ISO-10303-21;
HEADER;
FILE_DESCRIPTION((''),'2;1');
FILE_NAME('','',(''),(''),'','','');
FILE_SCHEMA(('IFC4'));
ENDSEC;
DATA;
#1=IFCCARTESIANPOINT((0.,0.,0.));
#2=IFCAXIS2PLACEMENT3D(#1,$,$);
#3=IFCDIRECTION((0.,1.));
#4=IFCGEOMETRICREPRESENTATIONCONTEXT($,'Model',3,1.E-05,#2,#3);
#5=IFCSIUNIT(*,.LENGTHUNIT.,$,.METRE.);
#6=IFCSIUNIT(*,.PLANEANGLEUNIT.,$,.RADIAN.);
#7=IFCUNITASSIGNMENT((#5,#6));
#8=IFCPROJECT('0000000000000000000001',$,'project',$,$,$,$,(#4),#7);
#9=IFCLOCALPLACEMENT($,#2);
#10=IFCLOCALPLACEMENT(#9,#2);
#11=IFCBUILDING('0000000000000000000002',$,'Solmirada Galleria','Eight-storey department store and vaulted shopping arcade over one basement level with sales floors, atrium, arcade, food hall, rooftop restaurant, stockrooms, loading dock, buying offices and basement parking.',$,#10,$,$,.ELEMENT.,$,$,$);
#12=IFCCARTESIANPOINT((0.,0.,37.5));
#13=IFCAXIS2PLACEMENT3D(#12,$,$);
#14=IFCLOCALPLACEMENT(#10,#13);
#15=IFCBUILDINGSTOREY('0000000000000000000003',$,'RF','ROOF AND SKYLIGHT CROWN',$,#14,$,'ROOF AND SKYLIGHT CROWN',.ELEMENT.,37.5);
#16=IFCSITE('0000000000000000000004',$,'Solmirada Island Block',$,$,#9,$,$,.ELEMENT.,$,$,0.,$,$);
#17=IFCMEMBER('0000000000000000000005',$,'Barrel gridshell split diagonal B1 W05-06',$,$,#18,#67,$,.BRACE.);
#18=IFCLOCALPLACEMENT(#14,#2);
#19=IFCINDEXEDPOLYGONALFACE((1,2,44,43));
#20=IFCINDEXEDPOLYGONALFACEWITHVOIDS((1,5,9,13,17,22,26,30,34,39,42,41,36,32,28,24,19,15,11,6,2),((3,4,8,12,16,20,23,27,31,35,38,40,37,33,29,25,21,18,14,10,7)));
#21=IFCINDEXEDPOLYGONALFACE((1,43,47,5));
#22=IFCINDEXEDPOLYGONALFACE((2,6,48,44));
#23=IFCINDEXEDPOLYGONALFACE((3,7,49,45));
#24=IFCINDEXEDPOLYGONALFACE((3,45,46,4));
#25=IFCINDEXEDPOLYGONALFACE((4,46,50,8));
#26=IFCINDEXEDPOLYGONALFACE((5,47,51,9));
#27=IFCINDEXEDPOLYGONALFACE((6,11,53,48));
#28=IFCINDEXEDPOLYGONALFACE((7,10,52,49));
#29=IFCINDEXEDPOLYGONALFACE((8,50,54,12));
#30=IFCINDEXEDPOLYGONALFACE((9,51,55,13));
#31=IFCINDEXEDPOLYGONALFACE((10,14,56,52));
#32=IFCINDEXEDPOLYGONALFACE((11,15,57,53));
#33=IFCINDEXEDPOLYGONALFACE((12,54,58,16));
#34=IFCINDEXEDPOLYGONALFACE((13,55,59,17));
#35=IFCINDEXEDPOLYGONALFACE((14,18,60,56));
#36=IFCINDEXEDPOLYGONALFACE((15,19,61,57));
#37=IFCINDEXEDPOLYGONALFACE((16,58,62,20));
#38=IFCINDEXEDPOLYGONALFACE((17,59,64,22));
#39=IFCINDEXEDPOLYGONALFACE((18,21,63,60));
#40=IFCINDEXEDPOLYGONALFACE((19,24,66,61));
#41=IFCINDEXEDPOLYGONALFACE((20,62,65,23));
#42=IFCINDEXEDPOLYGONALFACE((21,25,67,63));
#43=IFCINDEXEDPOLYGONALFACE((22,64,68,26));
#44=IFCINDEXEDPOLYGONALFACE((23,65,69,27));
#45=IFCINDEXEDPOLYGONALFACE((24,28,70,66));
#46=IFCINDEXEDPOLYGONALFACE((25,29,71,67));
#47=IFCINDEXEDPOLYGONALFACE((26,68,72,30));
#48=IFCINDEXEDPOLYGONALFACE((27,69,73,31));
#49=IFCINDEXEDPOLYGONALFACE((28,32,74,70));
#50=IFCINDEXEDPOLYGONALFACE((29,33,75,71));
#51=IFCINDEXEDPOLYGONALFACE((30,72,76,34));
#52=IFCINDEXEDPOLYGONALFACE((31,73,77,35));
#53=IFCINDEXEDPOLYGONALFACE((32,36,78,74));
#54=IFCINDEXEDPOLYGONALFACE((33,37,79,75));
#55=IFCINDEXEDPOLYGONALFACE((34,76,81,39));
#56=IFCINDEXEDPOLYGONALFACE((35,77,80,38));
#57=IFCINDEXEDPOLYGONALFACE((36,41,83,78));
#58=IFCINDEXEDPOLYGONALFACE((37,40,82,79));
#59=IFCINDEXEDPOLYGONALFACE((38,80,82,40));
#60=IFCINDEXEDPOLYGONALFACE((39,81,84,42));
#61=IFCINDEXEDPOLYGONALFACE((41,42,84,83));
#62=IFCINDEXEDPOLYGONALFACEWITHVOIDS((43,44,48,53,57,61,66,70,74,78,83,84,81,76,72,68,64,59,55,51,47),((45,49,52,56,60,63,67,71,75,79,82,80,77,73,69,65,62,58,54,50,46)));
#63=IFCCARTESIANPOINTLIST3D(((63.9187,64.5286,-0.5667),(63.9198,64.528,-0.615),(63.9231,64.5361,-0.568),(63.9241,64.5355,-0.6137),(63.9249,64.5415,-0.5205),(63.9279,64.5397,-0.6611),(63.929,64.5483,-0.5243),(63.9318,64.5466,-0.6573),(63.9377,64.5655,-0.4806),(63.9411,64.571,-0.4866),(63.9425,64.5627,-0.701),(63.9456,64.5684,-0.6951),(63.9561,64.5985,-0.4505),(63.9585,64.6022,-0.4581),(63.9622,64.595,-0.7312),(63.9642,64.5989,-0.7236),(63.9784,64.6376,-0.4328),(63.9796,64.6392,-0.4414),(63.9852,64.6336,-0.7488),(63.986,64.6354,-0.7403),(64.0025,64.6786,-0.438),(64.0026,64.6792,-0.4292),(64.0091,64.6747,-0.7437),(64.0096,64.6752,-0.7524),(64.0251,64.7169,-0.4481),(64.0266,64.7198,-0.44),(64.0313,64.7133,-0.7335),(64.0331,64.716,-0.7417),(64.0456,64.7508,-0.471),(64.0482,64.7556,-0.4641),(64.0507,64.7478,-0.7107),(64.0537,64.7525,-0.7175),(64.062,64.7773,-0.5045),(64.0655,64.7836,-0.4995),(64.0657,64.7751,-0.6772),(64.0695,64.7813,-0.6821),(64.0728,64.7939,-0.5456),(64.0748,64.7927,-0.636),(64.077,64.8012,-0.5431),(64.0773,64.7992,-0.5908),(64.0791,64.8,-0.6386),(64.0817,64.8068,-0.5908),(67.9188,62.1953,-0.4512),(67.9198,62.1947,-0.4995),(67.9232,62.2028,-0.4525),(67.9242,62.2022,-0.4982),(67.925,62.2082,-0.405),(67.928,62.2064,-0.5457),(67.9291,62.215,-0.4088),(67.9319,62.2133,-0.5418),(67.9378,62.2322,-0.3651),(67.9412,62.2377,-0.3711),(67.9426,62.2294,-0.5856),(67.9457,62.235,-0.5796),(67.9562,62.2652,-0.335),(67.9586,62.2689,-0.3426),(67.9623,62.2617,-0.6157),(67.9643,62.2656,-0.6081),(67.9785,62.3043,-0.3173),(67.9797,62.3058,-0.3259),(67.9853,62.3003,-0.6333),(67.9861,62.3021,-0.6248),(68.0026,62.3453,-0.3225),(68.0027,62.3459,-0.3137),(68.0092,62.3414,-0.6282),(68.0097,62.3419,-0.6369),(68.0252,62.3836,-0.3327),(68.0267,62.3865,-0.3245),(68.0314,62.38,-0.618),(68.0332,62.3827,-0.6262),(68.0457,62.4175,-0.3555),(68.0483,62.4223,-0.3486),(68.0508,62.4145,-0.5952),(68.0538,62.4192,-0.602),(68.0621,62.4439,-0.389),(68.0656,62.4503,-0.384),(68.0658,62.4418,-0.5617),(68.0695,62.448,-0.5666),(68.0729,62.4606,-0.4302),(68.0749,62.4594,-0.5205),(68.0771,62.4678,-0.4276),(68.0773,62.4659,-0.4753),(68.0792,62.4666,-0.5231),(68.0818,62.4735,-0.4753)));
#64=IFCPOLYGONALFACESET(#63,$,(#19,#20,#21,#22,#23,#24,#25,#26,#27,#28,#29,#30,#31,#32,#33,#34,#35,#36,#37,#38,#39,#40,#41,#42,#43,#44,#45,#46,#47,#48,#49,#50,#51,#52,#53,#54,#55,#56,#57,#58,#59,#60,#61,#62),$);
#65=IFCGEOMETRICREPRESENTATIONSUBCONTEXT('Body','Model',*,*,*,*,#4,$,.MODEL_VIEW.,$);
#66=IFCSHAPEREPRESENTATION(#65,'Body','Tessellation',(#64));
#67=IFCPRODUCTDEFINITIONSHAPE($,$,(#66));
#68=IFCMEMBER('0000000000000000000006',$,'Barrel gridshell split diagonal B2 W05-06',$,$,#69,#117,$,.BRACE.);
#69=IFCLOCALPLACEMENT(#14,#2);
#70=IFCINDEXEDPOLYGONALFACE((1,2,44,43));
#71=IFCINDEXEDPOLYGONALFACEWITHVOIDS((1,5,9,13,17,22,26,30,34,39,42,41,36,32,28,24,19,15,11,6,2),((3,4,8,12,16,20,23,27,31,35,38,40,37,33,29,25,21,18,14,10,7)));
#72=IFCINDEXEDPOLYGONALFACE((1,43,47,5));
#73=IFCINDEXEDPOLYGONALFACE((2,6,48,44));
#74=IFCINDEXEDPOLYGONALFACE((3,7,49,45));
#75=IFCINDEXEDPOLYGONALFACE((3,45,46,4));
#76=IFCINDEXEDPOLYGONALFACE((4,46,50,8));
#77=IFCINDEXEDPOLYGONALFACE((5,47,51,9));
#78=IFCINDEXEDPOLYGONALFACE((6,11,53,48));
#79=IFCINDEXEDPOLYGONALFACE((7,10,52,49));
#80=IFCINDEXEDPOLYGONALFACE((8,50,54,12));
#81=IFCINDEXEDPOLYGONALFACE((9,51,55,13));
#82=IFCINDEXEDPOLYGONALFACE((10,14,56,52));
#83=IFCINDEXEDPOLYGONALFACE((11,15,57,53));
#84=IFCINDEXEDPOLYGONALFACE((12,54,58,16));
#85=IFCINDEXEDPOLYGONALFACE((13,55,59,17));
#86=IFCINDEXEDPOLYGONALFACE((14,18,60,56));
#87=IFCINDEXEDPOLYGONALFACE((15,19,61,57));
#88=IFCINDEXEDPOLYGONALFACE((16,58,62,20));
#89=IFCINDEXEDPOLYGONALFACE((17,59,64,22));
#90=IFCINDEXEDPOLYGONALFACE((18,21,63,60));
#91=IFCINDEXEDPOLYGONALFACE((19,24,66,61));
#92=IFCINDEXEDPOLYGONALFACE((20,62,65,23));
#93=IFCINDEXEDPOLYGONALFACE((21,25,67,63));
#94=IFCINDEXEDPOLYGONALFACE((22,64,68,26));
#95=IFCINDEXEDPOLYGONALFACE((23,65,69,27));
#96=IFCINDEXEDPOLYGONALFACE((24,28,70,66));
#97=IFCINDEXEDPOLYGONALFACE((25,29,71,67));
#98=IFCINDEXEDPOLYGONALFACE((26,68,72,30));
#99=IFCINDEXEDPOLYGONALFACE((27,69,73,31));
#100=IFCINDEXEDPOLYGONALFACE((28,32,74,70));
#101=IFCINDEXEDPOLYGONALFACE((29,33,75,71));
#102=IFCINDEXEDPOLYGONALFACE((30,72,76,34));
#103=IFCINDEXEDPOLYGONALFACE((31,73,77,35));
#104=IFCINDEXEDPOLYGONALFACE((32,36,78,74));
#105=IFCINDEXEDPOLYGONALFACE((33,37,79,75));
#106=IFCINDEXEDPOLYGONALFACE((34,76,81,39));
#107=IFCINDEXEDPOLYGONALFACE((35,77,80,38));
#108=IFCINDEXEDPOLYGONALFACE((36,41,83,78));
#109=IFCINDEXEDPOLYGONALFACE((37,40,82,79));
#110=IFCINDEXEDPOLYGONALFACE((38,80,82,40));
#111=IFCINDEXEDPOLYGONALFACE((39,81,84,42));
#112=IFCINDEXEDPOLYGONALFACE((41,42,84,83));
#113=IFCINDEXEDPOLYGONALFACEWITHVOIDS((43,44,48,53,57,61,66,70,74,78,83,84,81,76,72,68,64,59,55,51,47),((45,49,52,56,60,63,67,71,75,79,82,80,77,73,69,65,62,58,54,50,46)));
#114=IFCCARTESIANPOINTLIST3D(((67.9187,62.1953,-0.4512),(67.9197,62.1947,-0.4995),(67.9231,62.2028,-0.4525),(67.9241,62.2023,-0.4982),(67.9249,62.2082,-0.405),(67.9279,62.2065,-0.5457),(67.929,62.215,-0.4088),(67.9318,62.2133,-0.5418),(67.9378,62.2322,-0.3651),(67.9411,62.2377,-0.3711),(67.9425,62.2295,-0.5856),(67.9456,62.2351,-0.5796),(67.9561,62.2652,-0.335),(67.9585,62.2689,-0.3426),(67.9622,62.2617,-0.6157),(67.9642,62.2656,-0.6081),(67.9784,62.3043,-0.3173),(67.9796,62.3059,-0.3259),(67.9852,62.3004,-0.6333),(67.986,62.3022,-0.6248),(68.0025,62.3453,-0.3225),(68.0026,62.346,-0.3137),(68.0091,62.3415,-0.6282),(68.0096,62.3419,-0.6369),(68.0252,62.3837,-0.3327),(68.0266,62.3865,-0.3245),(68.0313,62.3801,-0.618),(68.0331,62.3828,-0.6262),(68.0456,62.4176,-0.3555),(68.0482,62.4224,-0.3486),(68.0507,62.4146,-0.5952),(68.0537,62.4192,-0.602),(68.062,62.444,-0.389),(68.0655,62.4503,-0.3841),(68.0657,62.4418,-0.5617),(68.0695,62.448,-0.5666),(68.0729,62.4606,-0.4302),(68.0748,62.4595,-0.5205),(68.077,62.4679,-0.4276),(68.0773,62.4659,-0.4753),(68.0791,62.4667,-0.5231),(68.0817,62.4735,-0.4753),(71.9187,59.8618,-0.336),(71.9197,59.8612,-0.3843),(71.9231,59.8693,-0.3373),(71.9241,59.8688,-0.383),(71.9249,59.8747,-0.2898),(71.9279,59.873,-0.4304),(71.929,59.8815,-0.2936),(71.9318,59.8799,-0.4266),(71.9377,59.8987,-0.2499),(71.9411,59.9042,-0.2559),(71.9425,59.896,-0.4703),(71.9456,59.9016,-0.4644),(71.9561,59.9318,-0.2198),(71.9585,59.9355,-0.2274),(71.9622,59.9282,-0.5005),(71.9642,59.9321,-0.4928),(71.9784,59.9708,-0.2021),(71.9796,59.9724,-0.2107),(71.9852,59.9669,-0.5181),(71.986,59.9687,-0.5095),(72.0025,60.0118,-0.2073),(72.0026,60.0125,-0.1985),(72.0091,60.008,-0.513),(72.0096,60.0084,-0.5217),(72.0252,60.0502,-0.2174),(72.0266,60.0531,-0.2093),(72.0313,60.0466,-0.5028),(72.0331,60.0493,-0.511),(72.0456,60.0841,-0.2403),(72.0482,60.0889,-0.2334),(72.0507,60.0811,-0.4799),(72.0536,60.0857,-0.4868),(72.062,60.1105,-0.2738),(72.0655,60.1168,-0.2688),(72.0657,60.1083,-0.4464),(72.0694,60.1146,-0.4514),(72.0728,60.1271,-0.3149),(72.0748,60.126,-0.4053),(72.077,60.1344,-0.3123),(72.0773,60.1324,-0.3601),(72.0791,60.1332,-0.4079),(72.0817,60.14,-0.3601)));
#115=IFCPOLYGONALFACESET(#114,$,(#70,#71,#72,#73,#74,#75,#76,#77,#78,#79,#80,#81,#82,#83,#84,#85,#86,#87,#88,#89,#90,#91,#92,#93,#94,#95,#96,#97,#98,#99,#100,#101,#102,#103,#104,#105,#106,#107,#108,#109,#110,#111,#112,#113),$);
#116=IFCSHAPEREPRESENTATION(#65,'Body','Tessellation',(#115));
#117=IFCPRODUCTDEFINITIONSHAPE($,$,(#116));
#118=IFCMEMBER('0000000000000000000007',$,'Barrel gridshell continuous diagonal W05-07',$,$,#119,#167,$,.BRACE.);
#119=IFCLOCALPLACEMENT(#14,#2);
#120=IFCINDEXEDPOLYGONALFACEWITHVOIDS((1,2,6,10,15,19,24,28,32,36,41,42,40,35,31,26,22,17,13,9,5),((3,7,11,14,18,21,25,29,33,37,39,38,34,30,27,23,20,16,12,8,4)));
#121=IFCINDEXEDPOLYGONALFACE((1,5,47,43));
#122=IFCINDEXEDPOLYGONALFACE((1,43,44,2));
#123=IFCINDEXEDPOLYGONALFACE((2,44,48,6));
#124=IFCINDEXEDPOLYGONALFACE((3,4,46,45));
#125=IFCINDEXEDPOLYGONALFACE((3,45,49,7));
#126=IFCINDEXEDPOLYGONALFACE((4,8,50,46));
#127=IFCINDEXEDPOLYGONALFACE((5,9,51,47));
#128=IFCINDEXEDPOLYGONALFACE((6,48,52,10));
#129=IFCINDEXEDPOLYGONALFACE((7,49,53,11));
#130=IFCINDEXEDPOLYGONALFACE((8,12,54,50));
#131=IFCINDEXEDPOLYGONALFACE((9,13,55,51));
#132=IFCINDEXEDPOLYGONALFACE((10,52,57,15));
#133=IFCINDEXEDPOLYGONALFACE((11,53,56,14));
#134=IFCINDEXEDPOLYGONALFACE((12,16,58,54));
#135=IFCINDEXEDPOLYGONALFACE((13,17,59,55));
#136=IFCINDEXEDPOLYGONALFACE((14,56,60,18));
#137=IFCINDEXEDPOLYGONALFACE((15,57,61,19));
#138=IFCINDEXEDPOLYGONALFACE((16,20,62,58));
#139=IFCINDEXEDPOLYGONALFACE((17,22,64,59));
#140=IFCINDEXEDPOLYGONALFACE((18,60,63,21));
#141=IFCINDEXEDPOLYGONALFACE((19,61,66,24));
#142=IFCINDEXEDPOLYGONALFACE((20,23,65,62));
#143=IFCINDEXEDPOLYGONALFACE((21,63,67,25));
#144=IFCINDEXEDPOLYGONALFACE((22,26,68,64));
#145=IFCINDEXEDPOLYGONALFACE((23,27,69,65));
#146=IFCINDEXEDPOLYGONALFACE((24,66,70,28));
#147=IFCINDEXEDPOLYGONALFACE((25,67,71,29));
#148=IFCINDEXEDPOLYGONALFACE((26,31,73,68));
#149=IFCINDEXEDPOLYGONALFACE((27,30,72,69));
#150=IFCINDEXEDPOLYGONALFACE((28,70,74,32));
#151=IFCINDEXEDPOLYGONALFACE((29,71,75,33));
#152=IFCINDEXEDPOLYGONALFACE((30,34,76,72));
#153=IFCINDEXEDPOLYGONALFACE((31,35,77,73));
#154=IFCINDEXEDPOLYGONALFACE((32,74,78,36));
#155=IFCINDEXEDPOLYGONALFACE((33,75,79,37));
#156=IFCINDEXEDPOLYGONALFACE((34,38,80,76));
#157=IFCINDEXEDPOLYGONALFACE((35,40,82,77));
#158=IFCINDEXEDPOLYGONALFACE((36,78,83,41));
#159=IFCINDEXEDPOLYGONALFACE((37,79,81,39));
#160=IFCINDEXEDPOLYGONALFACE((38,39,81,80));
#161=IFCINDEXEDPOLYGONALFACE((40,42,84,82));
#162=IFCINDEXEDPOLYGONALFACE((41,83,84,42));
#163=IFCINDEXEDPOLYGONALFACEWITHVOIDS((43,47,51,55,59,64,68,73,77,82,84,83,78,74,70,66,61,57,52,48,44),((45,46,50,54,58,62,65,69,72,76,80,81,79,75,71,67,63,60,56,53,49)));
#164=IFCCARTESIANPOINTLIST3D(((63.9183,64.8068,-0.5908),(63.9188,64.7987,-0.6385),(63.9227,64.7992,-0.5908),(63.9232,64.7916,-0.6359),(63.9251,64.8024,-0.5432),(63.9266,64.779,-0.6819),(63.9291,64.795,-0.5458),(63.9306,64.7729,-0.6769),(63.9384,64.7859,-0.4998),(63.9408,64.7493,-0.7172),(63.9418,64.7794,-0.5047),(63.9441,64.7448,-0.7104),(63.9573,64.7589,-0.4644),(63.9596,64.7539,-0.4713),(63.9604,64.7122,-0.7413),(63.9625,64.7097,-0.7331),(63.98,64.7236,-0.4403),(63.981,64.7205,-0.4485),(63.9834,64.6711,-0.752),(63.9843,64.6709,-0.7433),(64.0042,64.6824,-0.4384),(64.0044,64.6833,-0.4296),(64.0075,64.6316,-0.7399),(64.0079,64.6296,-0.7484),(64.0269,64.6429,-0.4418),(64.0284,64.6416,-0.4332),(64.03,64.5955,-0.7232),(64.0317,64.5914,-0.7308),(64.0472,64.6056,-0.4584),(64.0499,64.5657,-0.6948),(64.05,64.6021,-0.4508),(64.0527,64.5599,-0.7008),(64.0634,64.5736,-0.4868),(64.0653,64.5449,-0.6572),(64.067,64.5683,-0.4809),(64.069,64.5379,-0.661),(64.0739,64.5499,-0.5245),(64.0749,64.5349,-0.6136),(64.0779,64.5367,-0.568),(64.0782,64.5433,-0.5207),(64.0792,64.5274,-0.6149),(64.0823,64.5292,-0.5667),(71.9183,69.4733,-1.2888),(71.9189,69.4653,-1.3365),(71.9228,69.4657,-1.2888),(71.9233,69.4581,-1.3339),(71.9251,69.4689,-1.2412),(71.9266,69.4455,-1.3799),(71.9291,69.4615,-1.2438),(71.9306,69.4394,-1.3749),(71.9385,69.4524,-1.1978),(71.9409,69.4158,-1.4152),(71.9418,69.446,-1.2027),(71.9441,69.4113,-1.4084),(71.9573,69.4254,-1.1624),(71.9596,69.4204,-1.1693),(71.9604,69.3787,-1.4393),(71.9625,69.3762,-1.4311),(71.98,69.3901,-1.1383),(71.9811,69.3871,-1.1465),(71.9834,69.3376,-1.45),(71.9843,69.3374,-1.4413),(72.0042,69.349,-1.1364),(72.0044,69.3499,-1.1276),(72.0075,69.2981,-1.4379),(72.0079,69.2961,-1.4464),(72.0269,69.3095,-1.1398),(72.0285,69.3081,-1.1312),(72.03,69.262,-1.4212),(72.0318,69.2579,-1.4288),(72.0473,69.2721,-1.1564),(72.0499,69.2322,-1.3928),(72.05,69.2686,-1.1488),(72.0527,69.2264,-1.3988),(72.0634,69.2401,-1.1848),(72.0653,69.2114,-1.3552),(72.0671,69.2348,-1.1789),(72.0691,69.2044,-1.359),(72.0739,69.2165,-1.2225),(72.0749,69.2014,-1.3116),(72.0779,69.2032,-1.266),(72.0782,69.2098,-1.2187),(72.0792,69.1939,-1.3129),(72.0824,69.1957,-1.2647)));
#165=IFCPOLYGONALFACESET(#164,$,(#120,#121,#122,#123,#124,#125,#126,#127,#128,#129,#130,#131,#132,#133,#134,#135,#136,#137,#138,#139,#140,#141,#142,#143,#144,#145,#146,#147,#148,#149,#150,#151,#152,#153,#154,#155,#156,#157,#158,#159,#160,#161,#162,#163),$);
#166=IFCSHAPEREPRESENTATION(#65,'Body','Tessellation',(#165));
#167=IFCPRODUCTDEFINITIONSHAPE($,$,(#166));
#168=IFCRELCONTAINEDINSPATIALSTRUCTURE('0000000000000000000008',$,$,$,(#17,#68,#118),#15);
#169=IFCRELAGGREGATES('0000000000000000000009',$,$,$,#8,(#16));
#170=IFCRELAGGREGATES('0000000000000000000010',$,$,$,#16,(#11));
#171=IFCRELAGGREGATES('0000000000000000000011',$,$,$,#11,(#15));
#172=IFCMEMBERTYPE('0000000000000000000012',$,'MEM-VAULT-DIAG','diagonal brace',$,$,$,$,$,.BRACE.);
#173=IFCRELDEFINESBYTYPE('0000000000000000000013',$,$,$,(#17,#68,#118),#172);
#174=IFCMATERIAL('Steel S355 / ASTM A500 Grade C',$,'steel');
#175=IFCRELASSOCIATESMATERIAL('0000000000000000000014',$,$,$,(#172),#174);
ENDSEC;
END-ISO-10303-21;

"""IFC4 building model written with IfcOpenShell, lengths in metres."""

from ifc_helpers import new_model, si_unit, direction, frame, origin, origin_2d, place, context, subcontext, project, spatial, hollow_circle, extrude, material, material_profile, profile_set, type_object, element, save


model = new_model("IFC4")

# Units and contexts
model_context = context("Model", 3, precision=1e-05, world=origin(), true_north=direction((0.0, 1.0)))
body_context = subcontext(model_context, "Body", "Model", "MODEL_VIEW")
ifc_project = project(units=[si_unit("LENGTHUNIT", "METRE"), si_unit("PLANEANGLEUNIT", "RADIAN")], contexts=[model_context])

# Site, building, storey
site_placement = place(None, origin())
site = spatial("IfcSite", under=ifc_project, at=site_placement, Name="Solmirada Island Block", CompositionType="ELEMENT", RefElevation=0.0)
building_placement = place(site_placement, origin())
building = spatial("IfcBuilding", under=site, at=building_placement, Name="Solmirada Galleria", Description="Eight-storey department store and vaulted shopping arcade over one basement level with sales floors, atrium, arcade, food hall, rooftop restaurant, stockrooms, loading dock, buying offices and basement parking.", CompositionType="ELEMENT")
storey_placement = place(building_placement, frame((0.0, 0.0, 37.5)))
storey = spatial("IfcBuildingStorey", under=building, at=storey_placement, Name="RF", Description="ROOF AND SKYLIGHT CROWN", LongName="ROOF AND SKYLIGHT CROWN", CompositionType="ELEMENT", Elevation=37.5)

# Members
ifc_material_1 = material(Name="Steel S355 / ASTM A500 Grade C", Category="steel")
ifc_material_profile_1 = material_profile(ifc_material_1, hollow_circle(Radius=0.1621, WallThickness=0.0088, at=origin_2d()), Name="HSS12.750X0.375")
ifc_profile_set_1 = profile_set([ifc_material_profile_1], Name="Steel S355 / ASTM A500 Grade C")
member_type_1 = type_object("IfcMemberType", Name="MEM-VAULT-DIAG", Description="diagonal brace", PredefinedType="BRACE", material=ifc_profile_set_1)
for number, where, z_axis, x_axis, name in (
    (1, (64.0, 64.6667, -0.5908), (0.863518, -0.503701, 0.024929), (0.503858, 0.863787, 0.0), "Barrel gridshell split diagonal B1 W05-06"),
    (2, (68.0, 62.3335, -0.4753), (0.863496, -0.503741, 0.024876), (0.503897, 0.863764, 0.0), "Barrel gridshell split diagonal B2 W05-06"),
):
    element("IfcMember", number, at=place(storey_placement, frame(where, z_axis=z_axis, x_axis=x_axis)), inside=storey, type_object=member_type_1, Name=name, PredefinedType="BRACE", context=body_context, shape_type="SweptSolid", body=[
        extrude(hollow_circle(Radius=0.1621, WallThickness=0.0088, at=origin_2d()), origin(), (0.0, 0.0, 1.0), 4.6323),
    ])
member_1_placement = place(storey_placement, frame((64.0, 64.6667, -0.5908), z_axis=(0.861344, 0.502433, -0.075152), x_axis=(-0.503858, 0.863787, 0.0)))
element("IfcMember", 3, at=member_1_placement, inside=storey, type_object=member_type_1, Name="Barrel gridshell continuous diagonal W05-07", PredefinedType="BRACE", context=body_context, shape_type="SweptSolid", body=[
    extrude(hollow_circle(Radius=0.1621, WallThickness=0.0088, at=origin_2d()), origin(), (0.0, 0.0, 1.0), 9.2878),
])

save(model, "model.ifc")
